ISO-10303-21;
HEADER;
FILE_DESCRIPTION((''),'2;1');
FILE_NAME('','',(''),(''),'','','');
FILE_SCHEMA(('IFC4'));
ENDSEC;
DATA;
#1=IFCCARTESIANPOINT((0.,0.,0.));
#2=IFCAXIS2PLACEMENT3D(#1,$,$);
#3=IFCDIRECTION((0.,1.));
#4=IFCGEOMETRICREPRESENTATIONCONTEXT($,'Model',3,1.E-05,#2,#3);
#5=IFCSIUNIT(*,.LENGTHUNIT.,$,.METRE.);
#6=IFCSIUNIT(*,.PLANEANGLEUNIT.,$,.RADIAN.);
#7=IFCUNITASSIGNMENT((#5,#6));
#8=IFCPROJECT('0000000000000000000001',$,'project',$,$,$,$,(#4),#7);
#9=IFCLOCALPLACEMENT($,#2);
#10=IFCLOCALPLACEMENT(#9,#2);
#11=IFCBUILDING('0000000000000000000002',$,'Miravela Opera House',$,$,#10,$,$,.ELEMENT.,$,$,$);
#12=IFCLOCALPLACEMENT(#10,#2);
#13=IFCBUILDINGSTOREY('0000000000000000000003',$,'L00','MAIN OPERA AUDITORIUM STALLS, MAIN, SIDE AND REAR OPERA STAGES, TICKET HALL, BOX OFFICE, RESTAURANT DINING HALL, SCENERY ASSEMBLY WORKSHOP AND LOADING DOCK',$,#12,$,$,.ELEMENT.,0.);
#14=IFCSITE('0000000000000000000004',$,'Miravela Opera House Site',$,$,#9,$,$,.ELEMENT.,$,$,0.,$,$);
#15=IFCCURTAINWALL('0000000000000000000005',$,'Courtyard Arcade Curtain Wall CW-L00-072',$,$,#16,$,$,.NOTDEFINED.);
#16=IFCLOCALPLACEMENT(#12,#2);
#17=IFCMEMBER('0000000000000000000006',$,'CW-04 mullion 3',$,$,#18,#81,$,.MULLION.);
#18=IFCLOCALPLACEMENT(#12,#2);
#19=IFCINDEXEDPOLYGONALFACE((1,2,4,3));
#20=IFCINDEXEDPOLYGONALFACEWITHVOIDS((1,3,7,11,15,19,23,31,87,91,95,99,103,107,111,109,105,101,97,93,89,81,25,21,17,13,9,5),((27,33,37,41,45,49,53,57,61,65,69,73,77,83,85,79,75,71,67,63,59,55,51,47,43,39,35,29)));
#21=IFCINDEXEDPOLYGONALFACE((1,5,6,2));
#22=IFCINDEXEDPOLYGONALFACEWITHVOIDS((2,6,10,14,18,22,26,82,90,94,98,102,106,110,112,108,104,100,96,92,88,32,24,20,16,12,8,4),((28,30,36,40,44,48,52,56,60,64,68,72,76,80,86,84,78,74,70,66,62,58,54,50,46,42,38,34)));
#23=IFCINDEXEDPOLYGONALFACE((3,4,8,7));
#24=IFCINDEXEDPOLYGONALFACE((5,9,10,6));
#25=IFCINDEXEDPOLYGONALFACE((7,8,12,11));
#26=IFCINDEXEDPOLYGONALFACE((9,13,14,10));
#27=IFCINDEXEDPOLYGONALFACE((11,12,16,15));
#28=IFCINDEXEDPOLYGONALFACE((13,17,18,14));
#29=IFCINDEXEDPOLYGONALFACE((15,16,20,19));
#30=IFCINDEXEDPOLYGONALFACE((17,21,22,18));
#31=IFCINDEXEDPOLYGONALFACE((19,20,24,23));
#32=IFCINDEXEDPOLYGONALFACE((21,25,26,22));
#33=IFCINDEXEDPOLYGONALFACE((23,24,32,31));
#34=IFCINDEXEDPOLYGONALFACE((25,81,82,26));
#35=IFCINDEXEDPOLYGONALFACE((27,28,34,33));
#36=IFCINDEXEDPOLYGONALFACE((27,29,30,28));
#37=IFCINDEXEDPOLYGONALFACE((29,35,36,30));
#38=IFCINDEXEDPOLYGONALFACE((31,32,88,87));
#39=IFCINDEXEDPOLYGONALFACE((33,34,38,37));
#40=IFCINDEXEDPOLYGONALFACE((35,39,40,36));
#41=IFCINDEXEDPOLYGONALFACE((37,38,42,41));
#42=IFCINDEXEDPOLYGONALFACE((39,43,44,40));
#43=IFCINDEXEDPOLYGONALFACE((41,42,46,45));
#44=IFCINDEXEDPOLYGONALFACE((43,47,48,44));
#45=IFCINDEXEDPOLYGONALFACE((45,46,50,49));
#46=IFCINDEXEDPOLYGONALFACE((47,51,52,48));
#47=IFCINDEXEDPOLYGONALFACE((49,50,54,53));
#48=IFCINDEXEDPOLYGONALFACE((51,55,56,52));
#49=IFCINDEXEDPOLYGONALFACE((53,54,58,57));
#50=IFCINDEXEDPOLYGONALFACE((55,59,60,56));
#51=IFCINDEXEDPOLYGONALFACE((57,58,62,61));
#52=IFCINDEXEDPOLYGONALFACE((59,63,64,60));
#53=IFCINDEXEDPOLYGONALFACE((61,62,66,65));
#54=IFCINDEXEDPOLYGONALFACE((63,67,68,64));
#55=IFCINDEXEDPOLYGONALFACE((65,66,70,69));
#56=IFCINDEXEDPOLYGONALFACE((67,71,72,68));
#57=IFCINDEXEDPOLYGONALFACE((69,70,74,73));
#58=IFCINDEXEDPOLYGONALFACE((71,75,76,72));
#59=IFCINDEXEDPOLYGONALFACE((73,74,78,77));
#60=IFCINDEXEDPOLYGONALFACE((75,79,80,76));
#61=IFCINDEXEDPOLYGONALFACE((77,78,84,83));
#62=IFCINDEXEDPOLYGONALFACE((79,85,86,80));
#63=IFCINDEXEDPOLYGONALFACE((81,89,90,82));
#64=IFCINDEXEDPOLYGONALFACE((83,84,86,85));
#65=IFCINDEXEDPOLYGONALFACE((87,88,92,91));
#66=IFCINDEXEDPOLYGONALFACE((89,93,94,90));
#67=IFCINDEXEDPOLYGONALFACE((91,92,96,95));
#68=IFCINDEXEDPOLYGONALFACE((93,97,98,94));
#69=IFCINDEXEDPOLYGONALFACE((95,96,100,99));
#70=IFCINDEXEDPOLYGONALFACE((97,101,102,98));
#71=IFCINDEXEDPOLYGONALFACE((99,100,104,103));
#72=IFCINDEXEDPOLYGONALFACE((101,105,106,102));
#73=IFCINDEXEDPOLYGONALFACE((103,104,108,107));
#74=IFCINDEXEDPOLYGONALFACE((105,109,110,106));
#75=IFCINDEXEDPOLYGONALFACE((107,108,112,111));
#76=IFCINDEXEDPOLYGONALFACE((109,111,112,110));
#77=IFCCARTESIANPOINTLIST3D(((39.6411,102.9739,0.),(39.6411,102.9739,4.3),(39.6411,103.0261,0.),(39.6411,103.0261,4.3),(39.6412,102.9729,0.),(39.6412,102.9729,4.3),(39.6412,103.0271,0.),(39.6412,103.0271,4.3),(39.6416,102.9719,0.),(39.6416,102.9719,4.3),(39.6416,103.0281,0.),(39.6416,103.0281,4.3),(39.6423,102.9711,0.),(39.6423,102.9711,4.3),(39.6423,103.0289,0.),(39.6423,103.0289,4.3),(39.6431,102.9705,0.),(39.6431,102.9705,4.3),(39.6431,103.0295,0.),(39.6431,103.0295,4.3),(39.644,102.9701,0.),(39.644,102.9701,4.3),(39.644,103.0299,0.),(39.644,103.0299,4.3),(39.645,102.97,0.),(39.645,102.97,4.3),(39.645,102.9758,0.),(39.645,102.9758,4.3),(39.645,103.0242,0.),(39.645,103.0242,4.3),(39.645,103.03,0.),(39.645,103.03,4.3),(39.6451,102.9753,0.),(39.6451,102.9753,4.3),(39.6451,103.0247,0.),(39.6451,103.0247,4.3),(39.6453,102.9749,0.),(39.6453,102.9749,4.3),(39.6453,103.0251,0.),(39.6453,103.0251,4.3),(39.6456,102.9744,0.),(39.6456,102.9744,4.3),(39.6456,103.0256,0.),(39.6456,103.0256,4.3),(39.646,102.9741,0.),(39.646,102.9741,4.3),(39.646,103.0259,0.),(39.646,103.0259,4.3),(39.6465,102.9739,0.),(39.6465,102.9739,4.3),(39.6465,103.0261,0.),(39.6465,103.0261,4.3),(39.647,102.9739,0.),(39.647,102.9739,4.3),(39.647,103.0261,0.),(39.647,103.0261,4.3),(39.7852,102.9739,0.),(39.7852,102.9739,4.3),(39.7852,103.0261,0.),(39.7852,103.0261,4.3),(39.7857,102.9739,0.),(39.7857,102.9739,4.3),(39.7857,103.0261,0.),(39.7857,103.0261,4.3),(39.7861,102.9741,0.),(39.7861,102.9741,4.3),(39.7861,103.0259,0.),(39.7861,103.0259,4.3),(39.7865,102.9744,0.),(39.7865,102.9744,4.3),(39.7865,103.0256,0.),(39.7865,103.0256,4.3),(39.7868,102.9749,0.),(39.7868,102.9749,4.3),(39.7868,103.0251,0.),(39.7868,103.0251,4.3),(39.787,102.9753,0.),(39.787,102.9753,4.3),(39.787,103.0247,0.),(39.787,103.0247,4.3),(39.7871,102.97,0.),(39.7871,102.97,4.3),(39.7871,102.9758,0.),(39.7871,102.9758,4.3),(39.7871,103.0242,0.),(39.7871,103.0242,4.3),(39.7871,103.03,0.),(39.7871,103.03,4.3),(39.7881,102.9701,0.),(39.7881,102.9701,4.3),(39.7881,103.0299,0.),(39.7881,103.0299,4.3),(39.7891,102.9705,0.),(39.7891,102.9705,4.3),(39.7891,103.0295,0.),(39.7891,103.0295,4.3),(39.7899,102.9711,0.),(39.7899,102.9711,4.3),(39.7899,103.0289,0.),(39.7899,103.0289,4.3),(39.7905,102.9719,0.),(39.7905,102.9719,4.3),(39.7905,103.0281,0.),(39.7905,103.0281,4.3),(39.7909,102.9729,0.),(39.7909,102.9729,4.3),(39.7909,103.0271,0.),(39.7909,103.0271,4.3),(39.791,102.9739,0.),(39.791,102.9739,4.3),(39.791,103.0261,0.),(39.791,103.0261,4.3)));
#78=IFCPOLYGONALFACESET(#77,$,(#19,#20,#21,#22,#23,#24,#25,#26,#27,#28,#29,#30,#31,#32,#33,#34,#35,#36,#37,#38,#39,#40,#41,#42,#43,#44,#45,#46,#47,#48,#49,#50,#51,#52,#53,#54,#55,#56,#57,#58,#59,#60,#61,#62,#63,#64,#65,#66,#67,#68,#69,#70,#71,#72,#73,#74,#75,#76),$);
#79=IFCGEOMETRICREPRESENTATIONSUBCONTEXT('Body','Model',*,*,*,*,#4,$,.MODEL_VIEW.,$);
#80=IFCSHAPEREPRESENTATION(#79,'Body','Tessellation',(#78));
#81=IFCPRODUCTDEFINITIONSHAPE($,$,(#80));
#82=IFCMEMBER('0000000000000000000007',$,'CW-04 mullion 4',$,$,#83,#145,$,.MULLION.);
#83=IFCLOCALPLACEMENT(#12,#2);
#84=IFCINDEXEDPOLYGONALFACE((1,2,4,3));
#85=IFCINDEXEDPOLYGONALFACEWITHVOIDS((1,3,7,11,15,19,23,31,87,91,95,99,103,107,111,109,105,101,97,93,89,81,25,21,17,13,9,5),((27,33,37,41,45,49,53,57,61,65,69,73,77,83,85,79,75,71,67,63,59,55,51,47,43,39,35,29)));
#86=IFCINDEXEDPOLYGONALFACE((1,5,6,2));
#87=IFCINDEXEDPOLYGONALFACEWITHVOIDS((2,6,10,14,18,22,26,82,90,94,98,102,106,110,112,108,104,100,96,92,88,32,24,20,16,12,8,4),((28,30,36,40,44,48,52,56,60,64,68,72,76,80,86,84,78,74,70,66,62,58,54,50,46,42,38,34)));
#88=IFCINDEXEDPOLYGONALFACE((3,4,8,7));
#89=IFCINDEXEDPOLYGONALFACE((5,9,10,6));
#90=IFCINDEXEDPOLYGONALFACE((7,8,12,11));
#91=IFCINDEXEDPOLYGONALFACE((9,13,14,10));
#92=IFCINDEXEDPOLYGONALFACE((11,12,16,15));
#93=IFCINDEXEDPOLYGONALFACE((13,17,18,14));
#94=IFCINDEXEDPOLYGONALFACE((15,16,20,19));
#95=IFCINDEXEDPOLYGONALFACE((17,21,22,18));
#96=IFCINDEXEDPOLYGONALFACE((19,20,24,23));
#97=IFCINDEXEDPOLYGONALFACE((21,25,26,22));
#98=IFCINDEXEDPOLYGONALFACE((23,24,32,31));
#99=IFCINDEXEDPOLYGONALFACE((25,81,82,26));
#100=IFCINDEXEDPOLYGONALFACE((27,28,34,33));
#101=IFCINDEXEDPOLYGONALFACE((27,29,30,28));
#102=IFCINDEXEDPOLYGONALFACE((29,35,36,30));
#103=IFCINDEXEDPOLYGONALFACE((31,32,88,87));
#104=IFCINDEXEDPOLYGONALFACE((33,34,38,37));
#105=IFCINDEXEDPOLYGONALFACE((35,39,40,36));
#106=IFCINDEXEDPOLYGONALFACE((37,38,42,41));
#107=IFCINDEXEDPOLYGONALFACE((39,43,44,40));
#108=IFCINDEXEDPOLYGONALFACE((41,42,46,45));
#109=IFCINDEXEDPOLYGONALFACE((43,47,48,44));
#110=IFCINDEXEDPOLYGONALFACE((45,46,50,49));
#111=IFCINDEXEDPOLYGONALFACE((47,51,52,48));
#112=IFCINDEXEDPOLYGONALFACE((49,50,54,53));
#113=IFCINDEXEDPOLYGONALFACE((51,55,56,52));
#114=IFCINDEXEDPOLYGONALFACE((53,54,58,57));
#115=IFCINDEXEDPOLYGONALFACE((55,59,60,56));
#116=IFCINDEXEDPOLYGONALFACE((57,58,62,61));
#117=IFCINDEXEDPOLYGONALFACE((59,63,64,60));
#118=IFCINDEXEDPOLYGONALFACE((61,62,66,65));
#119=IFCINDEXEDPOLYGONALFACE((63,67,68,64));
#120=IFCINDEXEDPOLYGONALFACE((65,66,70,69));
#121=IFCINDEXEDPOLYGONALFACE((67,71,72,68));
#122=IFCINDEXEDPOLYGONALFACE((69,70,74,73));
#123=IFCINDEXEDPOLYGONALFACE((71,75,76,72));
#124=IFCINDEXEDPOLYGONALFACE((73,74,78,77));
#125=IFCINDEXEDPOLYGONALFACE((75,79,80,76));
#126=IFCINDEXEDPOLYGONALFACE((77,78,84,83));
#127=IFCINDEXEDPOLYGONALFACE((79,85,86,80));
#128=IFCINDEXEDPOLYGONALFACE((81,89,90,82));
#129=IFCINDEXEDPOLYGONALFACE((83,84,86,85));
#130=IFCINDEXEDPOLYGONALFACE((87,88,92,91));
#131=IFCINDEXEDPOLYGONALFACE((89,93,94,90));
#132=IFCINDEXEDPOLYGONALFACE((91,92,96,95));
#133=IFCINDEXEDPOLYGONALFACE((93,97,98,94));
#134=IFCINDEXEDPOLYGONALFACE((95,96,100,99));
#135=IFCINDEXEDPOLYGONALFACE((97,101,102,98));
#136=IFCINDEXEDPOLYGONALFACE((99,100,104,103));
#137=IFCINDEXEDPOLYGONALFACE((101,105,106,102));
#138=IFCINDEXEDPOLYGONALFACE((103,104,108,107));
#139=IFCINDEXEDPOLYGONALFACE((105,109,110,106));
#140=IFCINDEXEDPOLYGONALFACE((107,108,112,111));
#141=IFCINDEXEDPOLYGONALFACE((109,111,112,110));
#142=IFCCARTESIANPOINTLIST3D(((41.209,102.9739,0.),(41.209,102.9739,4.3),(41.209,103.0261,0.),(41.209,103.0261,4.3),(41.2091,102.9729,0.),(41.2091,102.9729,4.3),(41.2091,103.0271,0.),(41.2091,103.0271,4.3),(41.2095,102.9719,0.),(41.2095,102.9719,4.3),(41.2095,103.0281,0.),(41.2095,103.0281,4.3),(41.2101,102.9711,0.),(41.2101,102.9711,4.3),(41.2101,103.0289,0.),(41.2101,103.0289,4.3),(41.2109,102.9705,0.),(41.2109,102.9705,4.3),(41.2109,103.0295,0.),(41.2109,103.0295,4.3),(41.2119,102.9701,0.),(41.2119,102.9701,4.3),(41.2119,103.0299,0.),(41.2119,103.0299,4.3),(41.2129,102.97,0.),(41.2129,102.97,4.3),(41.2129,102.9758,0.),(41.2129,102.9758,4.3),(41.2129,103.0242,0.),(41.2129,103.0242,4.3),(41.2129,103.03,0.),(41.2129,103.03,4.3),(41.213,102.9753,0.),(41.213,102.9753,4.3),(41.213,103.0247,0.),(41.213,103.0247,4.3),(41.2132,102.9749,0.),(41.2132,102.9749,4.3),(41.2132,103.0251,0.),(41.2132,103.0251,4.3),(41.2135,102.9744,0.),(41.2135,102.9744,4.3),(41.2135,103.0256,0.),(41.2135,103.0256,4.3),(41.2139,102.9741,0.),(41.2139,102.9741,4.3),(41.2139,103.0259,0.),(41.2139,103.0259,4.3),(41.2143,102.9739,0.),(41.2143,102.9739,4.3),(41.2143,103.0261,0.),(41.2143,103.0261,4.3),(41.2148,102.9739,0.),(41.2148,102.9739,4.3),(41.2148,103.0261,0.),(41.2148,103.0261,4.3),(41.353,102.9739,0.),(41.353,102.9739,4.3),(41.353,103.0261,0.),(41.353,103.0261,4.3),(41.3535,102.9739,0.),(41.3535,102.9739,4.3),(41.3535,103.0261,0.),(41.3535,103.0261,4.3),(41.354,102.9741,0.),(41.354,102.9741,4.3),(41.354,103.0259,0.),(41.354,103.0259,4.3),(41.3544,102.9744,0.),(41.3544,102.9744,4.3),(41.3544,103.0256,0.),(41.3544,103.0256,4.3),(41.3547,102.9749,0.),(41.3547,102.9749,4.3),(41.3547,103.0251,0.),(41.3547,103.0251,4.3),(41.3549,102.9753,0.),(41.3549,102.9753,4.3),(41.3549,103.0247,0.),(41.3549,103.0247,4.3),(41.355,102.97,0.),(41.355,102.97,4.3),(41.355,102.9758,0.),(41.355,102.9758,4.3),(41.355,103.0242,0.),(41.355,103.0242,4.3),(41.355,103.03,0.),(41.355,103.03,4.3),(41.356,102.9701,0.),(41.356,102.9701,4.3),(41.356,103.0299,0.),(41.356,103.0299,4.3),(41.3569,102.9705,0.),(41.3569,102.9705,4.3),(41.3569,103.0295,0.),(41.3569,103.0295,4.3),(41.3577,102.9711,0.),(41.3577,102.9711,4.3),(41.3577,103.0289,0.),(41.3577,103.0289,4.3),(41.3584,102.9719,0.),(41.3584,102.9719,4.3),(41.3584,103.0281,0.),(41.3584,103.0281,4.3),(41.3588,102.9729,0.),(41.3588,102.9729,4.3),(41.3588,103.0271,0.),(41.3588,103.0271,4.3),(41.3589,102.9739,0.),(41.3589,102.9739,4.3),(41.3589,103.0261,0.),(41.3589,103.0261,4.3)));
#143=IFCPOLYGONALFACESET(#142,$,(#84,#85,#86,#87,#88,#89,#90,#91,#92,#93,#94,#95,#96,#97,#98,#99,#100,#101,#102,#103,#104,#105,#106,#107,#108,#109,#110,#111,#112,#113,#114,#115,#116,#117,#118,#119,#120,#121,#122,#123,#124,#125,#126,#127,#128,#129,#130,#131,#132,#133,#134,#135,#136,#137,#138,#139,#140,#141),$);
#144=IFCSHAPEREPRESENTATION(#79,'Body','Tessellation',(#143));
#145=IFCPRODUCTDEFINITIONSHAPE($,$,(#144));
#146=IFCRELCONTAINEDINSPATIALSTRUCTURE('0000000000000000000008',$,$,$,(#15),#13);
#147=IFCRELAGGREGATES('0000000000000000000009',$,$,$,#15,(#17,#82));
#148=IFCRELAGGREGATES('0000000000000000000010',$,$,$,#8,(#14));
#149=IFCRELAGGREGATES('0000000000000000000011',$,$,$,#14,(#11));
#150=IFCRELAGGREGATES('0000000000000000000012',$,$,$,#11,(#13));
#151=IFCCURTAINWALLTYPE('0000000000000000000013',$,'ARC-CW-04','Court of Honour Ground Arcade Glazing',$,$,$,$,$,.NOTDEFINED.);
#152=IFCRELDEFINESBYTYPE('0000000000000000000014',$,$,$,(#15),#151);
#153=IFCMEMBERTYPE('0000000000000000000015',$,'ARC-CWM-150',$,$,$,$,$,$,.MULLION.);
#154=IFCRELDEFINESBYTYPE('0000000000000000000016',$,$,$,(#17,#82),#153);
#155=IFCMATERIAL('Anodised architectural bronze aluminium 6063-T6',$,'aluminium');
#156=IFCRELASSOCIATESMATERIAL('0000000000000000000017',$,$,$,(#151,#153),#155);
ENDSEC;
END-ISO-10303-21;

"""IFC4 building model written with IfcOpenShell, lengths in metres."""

from ifc_helpers import new_model, si_unit, direction, frame, origin, origin_2d, place, context, subcontext, project, spatial, hollow_rectangle, extrude, material, material_profile, profile_set, type_object, element, aggregate, save


model = new_model("IFC4")

# Units and contexts
model_context = context("Model", 3, precision=1e-05, world=origin(), true_north=direction((0.0, 1.0)))
body_context = subcontext(model_context, "Body", "Model", "MODEL_VIEW")
ifc_project = project(units=[si_unit("LENGTHUNIT", "METRE"), si_unit("PLANEANGLEUNIT", "RADIAN")], contexts=[model_context])

# Site, building, storey
site_placement = place(None, origin())
site = spatial("IfcSite", under=ifc_project, at=site_placement, Name="Miravela Opera House Site", CompositionType="ELEMENT", RefElevation=0.0)
building_placement = place(site_placement, origin())
building = spatial("IfcBuilding", under=site, at=building_placement, Name="Miravela Opera House", CompositionType="ELEMENT")
storey_placement = place(building_placement, origin())
storey = spatial("IfcBuildingStorey", under=building, at=storey_placement, Name="L00", Description="MAIN OPERA AUDITORIUM STALLS, MAIN, SIDE AND REAR OPERA STAGES, TICKET HALL, BOX OFFICE, RESTAURANT DINING HALL, SCENERY ASSEMBLY WORKSHOP AND LOADING DOCK", CompositionType="ELEMENT", Elevation=0.0)

# Curtain wall, members
ifc_material_1 = material(Name="Anodised architectural bronze aluminium 6063-T6", Category="aluminium")
curtain_wall_type = type_object("IfcCurtainWallType", Name="ARC-CW-04", Description="Court of Honour Ground Arcade Glazing", PredefinedType="NOTDEFINED", material=ifc_material_1)
curtain_wall_placement = place(storey_placement, origin())
curtain_wall = element("IfcCurtainWall", 1, at=curtain_wall_placement, inside=storey, type_object=curtain_wall_type, Name="Courtyard Arcade Curtain Wall CW-L00-072", PredefinedType="NOTDEFINED")
ifc_material_profile_1 = material_profile(ifc_material_1, hollow_rectangle(XDim=0.0601, YDim=0.1499, WallThickness=0.0039, InnerFilletRadius=0.002, OuterFilletRadius=0.0039, at=origin_2d()), Name="CWM-60X150")
ifc_profile_set_1 = profile_set([ifc_material_profile_1])
member_type_1 = type_object("IfcMemberType", Name="ARC-CWM-150", PredefinedType="MULLION", material=ifc_profile_set_1)
member_1_placement = place(storey_placement, frame((39.7161, 103.0, 0.0), z_axis=(0.0, 0.0, 1.0), x_axis=(0.0, 1.0, 0.0)))
member_1 = element("IfcMember", 2, at=member_1_placement, type_object=member_type_1, Name="CW-04 mullion 3", PredefinedType="MULLION", context=body_context, shape_type="SweptSolid", body=[
    extrude(hollow_rectangle(XDim=0.0601, YDim=0.1499, WallThickness=0.0039, InnerFilletRadius=0.002, OuterFilletRadius=0.0039, at=origin_2d()), origin(), (0.0, 0.0, 1.0), 4.3),
])
member_2_placement = place(storey_placement, frame((41.2839, 103.0, 0.0), z_axis=(0.0, 0.0, 1.0), x_axis=(0.0, 1.0, 0.0)))
member_2 = element("IfcMember", 3, at=member_2_placement, type_object=member_type_1, Name="CW-04 mullion 4", PredefinedType="MULLION", context=body_context, shape_type="SweptSolid", body=[
    extrude(hollow_rectangle(XDim=0.0601, YDim=0.1499, WallThickness=0.0039, InnerFilletRadius=0.002, OuterFilletRadius=0.0039, at=origin_2d()), origin(), (0.0, 0.0, 1.0), 4.3),
])
aggregate(curtain_wall, [member_1, member_2])

save(model, "model.ifc")
